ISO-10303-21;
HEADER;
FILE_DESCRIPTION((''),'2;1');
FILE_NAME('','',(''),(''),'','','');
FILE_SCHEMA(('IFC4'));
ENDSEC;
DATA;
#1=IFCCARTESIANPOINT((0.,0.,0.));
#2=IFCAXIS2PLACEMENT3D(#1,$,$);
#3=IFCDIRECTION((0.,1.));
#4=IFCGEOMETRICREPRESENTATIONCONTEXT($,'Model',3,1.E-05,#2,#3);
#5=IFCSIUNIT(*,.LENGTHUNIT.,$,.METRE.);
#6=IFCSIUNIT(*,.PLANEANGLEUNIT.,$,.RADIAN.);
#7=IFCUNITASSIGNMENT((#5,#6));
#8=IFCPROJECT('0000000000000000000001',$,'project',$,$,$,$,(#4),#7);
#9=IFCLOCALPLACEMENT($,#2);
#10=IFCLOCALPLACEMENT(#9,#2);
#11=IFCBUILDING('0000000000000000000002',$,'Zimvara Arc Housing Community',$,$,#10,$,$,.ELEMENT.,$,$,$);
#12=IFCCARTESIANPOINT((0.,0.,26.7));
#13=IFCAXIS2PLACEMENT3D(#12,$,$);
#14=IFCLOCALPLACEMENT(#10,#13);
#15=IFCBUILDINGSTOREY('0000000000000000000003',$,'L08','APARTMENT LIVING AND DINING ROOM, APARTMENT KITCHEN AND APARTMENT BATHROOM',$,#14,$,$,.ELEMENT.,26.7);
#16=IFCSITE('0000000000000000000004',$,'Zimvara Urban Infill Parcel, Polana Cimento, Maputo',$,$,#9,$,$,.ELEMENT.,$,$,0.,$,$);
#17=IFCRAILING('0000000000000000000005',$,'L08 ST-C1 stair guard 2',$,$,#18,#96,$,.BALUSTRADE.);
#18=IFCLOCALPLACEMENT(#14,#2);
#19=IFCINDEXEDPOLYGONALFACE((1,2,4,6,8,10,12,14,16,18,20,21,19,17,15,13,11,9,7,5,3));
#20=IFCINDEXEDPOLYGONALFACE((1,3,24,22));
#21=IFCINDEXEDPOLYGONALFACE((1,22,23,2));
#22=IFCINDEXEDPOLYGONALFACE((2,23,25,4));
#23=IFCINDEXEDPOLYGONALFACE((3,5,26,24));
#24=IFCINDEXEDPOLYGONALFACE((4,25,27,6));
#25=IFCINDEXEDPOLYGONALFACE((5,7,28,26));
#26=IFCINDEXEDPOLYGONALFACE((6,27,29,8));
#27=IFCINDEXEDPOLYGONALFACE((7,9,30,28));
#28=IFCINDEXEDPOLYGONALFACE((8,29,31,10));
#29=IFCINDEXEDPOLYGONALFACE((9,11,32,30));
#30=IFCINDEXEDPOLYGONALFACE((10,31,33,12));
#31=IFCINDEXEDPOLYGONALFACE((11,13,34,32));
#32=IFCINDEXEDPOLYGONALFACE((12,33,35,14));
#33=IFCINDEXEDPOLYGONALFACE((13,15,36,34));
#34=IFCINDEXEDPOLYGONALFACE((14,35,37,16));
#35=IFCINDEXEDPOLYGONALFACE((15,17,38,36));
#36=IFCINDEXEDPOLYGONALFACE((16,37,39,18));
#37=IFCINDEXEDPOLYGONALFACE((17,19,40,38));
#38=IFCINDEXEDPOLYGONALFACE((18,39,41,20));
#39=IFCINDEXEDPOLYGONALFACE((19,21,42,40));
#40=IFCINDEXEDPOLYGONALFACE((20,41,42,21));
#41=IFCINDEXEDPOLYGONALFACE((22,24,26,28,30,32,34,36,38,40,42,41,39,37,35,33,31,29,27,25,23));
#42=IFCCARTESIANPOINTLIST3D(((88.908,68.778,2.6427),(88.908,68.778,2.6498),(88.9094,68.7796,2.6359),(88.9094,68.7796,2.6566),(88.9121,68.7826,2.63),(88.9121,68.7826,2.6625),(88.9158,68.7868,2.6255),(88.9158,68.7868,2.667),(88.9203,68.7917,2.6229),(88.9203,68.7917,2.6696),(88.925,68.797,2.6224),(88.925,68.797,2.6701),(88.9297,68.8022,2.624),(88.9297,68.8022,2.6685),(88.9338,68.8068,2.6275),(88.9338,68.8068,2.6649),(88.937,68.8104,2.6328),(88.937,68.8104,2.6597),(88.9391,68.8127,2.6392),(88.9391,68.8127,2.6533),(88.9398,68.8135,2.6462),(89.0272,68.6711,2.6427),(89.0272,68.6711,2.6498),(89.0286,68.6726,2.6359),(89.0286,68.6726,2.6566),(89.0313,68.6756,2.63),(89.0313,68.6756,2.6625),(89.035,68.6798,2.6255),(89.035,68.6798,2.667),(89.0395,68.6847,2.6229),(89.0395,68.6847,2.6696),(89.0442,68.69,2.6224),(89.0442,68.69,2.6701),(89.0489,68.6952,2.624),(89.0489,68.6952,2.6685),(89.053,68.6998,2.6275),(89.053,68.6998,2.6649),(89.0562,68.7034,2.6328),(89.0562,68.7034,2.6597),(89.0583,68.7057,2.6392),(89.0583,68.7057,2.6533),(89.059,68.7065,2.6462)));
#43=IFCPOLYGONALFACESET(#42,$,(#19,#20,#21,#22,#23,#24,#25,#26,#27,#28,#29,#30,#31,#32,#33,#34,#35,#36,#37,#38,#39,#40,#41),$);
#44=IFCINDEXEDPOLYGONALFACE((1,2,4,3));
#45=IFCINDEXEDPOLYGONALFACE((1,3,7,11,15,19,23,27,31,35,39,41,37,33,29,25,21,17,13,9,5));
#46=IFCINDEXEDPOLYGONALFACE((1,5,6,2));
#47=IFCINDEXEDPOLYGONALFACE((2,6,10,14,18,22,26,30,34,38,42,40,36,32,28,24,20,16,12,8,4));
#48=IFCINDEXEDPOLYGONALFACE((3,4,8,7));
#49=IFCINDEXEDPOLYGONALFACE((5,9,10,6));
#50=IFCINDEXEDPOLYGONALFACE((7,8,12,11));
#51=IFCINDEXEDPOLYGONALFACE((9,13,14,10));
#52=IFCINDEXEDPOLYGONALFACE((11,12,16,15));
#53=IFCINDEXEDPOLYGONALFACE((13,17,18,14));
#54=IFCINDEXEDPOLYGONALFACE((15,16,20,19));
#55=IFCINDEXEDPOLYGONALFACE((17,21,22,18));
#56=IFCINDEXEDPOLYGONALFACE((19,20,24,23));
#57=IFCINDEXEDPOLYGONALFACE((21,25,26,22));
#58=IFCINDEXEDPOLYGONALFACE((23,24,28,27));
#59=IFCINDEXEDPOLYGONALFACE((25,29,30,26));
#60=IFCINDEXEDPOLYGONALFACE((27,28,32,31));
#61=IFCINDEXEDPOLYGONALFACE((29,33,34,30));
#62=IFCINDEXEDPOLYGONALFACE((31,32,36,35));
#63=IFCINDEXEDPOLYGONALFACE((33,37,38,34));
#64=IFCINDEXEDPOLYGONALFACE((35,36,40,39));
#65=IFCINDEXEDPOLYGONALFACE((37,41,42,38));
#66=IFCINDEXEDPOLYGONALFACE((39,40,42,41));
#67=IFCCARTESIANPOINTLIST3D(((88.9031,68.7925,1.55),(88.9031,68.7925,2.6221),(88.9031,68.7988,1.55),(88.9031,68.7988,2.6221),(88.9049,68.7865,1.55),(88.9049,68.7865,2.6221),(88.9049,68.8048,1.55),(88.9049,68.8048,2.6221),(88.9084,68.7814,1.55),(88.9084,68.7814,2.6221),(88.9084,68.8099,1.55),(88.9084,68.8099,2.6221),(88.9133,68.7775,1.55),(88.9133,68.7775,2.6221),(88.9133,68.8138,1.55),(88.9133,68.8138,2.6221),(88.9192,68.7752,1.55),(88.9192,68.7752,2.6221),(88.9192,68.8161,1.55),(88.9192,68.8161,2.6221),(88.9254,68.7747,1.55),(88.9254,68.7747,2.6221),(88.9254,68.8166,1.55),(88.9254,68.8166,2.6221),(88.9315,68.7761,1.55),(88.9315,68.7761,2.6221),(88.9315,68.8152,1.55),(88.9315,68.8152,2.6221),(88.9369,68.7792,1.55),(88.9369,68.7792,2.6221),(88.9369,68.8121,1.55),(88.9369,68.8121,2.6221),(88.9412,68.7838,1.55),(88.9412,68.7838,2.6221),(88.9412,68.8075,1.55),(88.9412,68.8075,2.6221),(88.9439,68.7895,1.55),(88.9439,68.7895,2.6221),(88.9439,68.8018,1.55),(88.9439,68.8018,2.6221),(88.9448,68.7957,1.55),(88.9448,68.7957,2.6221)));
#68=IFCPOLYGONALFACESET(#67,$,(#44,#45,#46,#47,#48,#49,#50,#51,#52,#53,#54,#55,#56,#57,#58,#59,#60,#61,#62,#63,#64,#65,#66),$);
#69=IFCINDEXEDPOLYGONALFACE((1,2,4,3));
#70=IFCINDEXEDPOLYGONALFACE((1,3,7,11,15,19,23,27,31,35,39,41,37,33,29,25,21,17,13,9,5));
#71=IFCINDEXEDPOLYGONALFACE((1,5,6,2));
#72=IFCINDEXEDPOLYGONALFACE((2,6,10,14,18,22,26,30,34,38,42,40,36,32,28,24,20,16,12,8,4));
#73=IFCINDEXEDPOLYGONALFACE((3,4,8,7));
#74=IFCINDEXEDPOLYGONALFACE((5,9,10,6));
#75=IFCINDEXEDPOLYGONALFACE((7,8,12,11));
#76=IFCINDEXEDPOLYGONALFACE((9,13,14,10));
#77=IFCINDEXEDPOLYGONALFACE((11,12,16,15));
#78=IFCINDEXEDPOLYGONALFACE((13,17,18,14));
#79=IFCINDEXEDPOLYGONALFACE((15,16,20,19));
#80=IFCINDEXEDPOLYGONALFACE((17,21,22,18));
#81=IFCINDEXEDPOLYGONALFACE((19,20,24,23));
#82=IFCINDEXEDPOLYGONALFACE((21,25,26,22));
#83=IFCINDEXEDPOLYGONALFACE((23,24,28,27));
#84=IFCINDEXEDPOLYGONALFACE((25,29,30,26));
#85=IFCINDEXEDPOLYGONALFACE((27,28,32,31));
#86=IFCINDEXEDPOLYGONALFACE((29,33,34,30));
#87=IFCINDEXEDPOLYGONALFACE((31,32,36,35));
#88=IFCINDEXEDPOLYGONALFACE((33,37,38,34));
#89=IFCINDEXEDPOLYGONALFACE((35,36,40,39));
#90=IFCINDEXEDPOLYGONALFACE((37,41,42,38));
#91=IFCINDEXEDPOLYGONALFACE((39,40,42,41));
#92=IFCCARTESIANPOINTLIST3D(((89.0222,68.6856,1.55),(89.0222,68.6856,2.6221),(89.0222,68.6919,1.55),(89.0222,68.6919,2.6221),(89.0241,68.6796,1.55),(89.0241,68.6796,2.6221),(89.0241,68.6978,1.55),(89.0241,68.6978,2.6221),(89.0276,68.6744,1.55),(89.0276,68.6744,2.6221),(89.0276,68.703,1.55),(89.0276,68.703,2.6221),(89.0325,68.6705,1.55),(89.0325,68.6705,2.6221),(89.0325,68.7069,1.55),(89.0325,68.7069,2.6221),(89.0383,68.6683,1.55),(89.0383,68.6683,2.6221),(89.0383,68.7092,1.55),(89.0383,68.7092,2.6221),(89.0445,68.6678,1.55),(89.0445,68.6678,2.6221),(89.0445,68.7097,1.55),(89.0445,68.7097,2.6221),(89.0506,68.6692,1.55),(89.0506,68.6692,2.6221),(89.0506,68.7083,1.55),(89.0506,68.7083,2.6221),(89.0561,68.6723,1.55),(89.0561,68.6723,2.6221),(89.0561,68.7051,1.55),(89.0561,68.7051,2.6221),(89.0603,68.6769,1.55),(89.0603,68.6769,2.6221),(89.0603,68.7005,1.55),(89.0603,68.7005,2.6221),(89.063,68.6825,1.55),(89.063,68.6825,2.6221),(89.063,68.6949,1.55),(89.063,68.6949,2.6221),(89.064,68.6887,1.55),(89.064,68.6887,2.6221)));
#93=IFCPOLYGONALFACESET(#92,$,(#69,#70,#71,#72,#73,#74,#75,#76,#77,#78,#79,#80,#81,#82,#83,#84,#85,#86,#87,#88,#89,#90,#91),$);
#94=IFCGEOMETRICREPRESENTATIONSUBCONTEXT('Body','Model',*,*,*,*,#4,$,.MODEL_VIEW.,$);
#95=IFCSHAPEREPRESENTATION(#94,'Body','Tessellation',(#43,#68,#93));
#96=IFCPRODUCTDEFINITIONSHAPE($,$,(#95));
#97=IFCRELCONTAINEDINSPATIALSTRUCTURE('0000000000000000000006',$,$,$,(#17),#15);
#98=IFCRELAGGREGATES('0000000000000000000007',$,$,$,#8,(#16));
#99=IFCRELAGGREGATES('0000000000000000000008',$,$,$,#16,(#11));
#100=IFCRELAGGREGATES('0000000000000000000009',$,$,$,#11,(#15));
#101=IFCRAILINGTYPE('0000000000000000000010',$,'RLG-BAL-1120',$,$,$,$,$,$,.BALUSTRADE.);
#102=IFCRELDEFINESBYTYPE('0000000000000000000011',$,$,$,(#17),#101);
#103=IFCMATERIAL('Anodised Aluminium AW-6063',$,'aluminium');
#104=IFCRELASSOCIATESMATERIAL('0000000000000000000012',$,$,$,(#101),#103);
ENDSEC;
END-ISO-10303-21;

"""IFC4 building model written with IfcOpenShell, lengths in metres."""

from ifc_helpers import new_model, si_unit, direction, frame, origin, origin_2d, place, context, subcontext, project, spatial, circle, extrude, material, type_object, element, save


model = new_model("IFC4")

# Units and contexts
model_context = context("Model", 3, precision=1e-05, world=origin(), true_north=direction((0.0, 1.0)))
body_context = subcontext(model_context, "Body", "Model", "MODEL_VIEW")
ifc_project = project(units=[si_unit("LENGTHUNIT", "METRE"), si_unit("PLANEANGLEUNIT", "RADIAN")], contexts=[model_context])

# Site, building, storey
site_placement = place(None, origin())
site = spatial("IfcSite", under=ifc_project, at=site_placement, Name="Zimvara Urban Infill Parcel, Polana Cimento, Maputo", CompositionType="ELEMENT", RefElevation=0.0)
building_placement = place(site_placement, origin())
building = spatial("IfcBuilding", under=site, at=building_placement, Name="Zimvara Arc Housing Community", CompositionType="ELEMENT")
storey_placement = place(building_placement, frame((0.0, 0.0, 26.7)))
storey = spatial("IfcBuildingStorey", under=building, at=storey_placement, Name="L08", Description="APARTMENT LIVING AND DINING ROOM, APARTMENT KITCHEN AND APARTMENT BATHROOM", CompositionType="ELEMENT", Elevation=26.7)

# Railing
ifc_material_1 = material(Name="Anodised Aluminium AW-6063", Category="aluminium")
railing_type_1 = type_object("IfcRailingType", Name="RLG-BAL-1120", PredefinedType="BALUSTRADE", material=ifc_material_1)
railing_1_placement = place(storey_placement, frame((88.9238, 68.7957, 1.55)))
element("IfcRailing", 1, at=railing_1_placement, inside=storey, type_object=railing_type_1, Name="L08 ST-C1 stair guard 2", PredefinedType="BALUSTRADE", context=body_context, shape_type="SweptSolid", body=[
    extrude(circle(Radius=0.0239, at=origin_2d()), frame((0.0, 0.0, 1.0962), z_axis=(0.744203, -0.667953, 0.0), x_axis=(0.667953, 0.744203, 0.0)), (0.0, 0.0, 1.0), 0.1602),
    extrude(circle(Radius=0.021, at=origin_2d()), origin(), (0.0, 0.0, 1.0), 1.072),
    extrude(circle(Radius=0.021, at=origin_2d()), frame((0.1191, -0.1069, 0.0)), (0.0, 0.0, 1.0), 1.072),
])

save(model, "model.ifc")
